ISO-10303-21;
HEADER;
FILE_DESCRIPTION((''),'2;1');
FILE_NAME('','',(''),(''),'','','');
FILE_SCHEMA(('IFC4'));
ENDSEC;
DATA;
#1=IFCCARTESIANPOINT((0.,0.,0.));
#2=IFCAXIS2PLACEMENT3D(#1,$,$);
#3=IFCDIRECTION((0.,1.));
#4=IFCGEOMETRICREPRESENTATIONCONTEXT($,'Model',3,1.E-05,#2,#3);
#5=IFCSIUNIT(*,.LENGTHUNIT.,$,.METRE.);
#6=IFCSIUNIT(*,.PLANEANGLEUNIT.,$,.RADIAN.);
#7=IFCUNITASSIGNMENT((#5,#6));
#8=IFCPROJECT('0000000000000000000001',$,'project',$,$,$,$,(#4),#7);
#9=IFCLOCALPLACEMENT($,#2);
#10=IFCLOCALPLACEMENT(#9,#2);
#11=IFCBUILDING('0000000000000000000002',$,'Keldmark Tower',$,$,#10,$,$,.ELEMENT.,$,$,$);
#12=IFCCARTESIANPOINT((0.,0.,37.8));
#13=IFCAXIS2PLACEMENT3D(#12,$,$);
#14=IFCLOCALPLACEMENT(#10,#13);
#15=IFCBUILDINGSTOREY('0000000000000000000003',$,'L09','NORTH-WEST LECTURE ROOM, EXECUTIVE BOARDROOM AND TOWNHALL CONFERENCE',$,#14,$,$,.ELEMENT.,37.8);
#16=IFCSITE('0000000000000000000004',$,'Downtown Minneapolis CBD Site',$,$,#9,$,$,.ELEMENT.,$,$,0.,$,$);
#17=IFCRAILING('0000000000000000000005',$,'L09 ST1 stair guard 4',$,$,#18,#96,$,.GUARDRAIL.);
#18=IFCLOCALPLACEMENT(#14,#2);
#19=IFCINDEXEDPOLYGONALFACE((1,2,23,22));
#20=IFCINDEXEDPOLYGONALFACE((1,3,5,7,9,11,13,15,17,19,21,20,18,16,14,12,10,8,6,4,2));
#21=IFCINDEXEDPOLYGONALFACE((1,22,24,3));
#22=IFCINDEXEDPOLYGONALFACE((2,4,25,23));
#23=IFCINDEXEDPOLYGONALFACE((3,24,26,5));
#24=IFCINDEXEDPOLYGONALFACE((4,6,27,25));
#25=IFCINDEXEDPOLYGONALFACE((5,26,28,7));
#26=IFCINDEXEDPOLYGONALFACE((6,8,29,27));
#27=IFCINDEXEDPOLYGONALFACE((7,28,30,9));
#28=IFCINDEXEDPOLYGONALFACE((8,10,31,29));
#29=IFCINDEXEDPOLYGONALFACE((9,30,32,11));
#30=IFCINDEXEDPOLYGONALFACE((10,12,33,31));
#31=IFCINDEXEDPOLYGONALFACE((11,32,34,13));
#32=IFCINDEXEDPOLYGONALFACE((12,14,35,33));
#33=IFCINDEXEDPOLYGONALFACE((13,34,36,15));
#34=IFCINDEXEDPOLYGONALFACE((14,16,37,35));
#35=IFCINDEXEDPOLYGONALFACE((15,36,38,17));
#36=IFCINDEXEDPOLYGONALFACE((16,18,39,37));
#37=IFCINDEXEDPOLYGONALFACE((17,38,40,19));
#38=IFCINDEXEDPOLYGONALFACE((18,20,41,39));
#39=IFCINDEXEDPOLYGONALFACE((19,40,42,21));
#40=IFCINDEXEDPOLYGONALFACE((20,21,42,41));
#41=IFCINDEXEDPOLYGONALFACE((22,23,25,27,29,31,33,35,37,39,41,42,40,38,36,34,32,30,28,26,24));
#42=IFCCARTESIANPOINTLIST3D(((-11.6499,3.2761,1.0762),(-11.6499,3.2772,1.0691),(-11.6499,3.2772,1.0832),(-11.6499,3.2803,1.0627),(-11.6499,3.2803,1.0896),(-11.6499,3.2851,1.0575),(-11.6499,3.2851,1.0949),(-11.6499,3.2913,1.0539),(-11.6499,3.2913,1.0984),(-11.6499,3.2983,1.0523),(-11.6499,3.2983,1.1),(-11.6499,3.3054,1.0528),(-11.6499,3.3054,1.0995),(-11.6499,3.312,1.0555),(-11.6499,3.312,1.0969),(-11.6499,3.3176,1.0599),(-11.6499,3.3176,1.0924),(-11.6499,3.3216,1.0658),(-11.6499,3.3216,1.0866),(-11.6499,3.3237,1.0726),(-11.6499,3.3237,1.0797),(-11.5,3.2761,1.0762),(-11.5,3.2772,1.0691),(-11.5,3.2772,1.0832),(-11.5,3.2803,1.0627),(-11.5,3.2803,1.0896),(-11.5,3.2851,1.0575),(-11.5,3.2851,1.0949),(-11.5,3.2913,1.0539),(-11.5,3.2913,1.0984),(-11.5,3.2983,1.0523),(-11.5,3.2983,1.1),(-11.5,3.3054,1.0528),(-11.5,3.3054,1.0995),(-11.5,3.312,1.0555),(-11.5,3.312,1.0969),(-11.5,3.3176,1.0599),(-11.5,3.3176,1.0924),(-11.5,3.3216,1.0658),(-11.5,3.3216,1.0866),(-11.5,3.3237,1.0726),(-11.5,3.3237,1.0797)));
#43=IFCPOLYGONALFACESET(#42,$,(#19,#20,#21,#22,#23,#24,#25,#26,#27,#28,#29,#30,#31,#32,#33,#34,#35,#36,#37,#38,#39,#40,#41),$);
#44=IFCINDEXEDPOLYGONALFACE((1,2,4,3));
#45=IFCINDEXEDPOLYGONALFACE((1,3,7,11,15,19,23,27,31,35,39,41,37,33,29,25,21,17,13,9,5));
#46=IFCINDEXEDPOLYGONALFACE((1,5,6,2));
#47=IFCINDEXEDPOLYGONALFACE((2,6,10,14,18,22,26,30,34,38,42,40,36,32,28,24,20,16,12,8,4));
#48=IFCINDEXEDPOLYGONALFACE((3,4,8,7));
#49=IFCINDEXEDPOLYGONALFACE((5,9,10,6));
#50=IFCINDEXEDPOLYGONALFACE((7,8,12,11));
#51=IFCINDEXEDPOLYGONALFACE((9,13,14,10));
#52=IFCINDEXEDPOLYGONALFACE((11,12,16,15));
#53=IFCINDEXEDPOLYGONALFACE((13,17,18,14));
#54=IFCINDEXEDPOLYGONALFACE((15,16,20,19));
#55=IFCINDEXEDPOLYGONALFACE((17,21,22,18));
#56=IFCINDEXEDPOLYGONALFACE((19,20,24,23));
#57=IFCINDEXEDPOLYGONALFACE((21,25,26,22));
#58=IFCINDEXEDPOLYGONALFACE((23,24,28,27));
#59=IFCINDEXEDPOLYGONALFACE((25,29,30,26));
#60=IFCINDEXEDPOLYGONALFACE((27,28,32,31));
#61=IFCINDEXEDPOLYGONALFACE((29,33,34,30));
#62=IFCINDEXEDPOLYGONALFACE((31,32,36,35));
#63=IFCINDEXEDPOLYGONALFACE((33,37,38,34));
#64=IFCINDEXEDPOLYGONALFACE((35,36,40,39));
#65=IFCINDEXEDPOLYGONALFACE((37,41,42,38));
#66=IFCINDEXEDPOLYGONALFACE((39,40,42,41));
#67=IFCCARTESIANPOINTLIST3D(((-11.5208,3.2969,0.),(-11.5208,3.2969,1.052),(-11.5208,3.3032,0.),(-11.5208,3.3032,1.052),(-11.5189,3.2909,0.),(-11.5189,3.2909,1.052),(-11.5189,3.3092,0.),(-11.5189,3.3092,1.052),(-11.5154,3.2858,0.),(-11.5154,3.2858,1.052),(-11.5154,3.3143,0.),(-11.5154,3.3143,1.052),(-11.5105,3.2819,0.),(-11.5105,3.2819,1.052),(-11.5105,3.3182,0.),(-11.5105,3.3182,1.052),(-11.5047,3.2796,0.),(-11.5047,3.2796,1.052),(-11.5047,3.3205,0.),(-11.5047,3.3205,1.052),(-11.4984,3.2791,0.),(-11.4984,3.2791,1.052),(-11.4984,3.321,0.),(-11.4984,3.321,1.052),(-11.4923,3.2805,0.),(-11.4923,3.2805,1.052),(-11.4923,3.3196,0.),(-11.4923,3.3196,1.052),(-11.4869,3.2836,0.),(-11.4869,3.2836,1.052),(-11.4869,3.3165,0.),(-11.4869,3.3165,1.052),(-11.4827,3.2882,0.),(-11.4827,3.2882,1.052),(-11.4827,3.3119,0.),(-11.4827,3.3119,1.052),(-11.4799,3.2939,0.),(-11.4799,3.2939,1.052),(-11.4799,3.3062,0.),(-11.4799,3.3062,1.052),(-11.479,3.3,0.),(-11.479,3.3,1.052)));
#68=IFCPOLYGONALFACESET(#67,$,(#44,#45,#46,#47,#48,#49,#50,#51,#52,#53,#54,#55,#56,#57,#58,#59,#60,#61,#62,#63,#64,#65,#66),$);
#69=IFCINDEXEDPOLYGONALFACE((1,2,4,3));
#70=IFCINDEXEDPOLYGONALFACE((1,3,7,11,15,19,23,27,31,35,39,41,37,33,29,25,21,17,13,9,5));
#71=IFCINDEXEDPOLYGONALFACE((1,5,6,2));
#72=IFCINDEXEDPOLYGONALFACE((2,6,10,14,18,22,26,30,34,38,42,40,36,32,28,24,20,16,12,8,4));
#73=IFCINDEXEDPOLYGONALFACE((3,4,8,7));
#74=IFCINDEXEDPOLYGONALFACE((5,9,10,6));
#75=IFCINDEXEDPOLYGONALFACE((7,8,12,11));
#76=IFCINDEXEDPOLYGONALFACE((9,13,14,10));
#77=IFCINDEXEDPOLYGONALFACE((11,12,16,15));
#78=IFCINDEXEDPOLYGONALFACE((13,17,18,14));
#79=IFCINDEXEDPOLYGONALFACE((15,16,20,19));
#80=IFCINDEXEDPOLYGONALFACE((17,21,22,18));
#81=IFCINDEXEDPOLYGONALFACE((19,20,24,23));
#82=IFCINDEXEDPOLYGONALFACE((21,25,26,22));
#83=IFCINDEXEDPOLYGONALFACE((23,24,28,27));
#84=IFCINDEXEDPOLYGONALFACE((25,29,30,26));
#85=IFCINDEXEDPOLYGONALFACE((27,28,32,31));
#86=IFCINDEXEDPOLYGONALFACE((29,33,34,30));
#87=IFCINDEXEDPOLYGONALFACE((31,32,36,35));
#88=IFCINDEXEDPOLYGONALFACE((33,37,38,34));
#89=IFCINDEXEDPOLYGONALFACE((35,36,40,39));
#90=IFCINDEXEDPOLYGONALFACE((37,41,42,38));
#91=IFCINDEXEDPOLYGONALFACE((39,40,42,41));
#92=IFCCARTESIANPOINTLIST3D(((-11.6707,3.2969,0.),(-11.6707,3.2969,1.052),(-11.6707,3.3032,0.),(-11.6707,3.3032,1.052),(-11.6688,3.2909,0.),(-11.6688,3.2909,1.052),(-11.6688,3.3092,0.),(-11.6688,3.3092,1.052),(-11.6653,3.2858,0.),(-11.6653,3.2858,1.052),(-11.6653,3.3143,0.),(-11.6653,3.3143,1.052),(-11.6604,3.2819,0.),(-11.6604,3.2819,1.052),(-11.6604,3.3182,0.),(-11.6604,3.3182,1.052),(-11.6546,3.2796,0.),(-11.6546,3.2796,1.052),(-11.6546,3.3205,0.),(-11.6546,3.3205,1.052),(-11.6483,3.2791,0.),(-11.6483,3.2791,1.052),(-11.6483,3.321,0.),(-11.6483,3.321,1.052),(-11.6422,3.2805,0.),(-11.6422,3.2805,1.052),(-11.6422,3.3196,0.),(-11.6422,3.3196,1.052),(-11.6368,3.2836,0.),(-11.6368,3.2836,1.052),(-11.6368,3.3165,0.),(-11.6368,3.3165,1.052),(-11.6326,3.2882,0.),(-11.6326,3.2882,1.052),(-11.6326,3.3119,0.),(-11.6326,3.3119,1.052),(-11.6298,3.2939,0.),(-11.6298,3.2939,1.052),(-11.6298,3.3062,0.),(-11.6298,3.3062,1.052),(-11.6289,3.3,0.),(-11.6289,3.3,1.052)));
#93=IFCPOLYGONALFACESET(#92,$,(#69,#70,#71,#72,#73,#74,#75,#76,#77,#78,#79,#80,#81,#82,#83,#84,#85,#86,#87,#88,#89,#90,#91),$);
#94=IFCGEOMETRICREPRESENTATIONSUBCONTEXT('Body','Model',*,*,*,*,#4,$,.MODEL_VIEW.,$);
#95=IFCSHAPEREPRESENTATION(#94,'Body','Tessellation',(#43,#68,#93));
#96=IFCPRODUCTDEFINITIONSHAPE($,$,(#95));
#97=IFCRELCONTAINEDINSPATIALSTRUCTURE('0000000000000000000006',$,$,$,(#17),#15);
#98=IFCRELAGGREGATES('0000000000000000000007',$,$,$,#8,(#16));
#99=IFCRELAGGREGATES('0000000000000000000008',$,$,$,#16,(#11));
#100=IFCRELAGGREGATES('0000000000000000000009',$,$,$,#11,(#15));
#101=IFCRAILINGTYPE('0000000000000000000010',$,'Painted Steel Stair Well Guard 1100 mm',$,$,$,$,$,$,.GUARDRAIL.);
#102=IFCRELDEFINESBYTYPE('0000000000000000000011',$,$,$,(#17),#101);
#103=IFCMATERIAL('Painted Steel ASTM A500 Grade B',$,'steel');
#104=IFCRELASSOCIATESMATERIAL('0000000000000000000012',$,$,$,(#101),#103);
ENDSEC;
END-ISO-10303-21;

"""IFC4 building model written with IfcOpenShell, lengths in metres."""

from ifc_helpers import new_model, si_unit, direction, frame, origin, origin_2d, place, context, subcontext, project, spatial, circle, extrude, material, type_object, element, save


model = new_model("IFC4")

# Units and contexts
model_context = context("Model", 3, precision=1e-05, world=origin(), true_north=direction((0.0, 1.0)))
body_context = subcontext(model_context, "Body", "Model", "MODEL_VIEW")
ifc_project = project(units=[si_unit("LENGTHUNIT", "METRE"), si_unit("PLANEANGLEUNIT", "RADIAN")], contexts=[model_context])

# Site, building, storey
site_placement = place(None, origin())
site = spatial("IfcSite", under=ifc_project, at=site_placement, Name="Downtown Minneapolis CBD Site", CompositionType="ELEMENT", RefElevation=0.0)
building_placement = place(site_placement, origin())
building = spatial("IfcBuilding", under=site, at=building_placement, Name="Keldmark Tower", CompositionType="ELEMENT")
storey_placement = place(building_placement, frame((0.0, 0.0, 37.8)))
storey = spatial("IfcBuildingStorey", under=building, at=storey_placement, Name="L09", Description="NORTH-WEST LECTURE ROOM, EXECUTIVE BOARDROOM AND TOWNHALL CONFERENCE", CompositionType="ELEMENT", Elevation=37.8)

# Railing
ifc_material_1 = material(Name="Painted Steel ASTM A500 Grade B", Category="steel")
railing_type_1 = type_object("IfcRailingType", Name="Painted Steel Stair Well Guard 1100 mm", PredefinedType="GUARDRAIL", material=ifc_material_1)
railing_1_placement = place(storey_placement, frame((-11.5, 3.3, 0.0)))
element("IfcRailing", 1, at=railing_1_placement, inside=storey, type_object=railing_type_1, Name="L09 ST1 stair guard 4", PredefinedType="GUARDRAIL", context=body_context, shape_type="SweptSolid", body=[
    extrude(circle(Radius=0.0239, at=origin_2d()), frame((0.0, 0.0, 1.0762), z_axis=(-1.0, 0.0, 0.0), x_axis=(0.0, -1.0, 0.0)), (0.0, 0.0, 1.0), 0.1499),
    extrude(circle(Radius=0.021, at=origin_2d()), origin(), (0.0, 0.0, 1.0), 1.052),
    extrude(circle(Radius=0.021, at=origin_2d()), frame((-0.1499, 0.0, 0.0)), (0.0, 0.0, 1.0), 1.052),
])

save(model, "model.ifc")
